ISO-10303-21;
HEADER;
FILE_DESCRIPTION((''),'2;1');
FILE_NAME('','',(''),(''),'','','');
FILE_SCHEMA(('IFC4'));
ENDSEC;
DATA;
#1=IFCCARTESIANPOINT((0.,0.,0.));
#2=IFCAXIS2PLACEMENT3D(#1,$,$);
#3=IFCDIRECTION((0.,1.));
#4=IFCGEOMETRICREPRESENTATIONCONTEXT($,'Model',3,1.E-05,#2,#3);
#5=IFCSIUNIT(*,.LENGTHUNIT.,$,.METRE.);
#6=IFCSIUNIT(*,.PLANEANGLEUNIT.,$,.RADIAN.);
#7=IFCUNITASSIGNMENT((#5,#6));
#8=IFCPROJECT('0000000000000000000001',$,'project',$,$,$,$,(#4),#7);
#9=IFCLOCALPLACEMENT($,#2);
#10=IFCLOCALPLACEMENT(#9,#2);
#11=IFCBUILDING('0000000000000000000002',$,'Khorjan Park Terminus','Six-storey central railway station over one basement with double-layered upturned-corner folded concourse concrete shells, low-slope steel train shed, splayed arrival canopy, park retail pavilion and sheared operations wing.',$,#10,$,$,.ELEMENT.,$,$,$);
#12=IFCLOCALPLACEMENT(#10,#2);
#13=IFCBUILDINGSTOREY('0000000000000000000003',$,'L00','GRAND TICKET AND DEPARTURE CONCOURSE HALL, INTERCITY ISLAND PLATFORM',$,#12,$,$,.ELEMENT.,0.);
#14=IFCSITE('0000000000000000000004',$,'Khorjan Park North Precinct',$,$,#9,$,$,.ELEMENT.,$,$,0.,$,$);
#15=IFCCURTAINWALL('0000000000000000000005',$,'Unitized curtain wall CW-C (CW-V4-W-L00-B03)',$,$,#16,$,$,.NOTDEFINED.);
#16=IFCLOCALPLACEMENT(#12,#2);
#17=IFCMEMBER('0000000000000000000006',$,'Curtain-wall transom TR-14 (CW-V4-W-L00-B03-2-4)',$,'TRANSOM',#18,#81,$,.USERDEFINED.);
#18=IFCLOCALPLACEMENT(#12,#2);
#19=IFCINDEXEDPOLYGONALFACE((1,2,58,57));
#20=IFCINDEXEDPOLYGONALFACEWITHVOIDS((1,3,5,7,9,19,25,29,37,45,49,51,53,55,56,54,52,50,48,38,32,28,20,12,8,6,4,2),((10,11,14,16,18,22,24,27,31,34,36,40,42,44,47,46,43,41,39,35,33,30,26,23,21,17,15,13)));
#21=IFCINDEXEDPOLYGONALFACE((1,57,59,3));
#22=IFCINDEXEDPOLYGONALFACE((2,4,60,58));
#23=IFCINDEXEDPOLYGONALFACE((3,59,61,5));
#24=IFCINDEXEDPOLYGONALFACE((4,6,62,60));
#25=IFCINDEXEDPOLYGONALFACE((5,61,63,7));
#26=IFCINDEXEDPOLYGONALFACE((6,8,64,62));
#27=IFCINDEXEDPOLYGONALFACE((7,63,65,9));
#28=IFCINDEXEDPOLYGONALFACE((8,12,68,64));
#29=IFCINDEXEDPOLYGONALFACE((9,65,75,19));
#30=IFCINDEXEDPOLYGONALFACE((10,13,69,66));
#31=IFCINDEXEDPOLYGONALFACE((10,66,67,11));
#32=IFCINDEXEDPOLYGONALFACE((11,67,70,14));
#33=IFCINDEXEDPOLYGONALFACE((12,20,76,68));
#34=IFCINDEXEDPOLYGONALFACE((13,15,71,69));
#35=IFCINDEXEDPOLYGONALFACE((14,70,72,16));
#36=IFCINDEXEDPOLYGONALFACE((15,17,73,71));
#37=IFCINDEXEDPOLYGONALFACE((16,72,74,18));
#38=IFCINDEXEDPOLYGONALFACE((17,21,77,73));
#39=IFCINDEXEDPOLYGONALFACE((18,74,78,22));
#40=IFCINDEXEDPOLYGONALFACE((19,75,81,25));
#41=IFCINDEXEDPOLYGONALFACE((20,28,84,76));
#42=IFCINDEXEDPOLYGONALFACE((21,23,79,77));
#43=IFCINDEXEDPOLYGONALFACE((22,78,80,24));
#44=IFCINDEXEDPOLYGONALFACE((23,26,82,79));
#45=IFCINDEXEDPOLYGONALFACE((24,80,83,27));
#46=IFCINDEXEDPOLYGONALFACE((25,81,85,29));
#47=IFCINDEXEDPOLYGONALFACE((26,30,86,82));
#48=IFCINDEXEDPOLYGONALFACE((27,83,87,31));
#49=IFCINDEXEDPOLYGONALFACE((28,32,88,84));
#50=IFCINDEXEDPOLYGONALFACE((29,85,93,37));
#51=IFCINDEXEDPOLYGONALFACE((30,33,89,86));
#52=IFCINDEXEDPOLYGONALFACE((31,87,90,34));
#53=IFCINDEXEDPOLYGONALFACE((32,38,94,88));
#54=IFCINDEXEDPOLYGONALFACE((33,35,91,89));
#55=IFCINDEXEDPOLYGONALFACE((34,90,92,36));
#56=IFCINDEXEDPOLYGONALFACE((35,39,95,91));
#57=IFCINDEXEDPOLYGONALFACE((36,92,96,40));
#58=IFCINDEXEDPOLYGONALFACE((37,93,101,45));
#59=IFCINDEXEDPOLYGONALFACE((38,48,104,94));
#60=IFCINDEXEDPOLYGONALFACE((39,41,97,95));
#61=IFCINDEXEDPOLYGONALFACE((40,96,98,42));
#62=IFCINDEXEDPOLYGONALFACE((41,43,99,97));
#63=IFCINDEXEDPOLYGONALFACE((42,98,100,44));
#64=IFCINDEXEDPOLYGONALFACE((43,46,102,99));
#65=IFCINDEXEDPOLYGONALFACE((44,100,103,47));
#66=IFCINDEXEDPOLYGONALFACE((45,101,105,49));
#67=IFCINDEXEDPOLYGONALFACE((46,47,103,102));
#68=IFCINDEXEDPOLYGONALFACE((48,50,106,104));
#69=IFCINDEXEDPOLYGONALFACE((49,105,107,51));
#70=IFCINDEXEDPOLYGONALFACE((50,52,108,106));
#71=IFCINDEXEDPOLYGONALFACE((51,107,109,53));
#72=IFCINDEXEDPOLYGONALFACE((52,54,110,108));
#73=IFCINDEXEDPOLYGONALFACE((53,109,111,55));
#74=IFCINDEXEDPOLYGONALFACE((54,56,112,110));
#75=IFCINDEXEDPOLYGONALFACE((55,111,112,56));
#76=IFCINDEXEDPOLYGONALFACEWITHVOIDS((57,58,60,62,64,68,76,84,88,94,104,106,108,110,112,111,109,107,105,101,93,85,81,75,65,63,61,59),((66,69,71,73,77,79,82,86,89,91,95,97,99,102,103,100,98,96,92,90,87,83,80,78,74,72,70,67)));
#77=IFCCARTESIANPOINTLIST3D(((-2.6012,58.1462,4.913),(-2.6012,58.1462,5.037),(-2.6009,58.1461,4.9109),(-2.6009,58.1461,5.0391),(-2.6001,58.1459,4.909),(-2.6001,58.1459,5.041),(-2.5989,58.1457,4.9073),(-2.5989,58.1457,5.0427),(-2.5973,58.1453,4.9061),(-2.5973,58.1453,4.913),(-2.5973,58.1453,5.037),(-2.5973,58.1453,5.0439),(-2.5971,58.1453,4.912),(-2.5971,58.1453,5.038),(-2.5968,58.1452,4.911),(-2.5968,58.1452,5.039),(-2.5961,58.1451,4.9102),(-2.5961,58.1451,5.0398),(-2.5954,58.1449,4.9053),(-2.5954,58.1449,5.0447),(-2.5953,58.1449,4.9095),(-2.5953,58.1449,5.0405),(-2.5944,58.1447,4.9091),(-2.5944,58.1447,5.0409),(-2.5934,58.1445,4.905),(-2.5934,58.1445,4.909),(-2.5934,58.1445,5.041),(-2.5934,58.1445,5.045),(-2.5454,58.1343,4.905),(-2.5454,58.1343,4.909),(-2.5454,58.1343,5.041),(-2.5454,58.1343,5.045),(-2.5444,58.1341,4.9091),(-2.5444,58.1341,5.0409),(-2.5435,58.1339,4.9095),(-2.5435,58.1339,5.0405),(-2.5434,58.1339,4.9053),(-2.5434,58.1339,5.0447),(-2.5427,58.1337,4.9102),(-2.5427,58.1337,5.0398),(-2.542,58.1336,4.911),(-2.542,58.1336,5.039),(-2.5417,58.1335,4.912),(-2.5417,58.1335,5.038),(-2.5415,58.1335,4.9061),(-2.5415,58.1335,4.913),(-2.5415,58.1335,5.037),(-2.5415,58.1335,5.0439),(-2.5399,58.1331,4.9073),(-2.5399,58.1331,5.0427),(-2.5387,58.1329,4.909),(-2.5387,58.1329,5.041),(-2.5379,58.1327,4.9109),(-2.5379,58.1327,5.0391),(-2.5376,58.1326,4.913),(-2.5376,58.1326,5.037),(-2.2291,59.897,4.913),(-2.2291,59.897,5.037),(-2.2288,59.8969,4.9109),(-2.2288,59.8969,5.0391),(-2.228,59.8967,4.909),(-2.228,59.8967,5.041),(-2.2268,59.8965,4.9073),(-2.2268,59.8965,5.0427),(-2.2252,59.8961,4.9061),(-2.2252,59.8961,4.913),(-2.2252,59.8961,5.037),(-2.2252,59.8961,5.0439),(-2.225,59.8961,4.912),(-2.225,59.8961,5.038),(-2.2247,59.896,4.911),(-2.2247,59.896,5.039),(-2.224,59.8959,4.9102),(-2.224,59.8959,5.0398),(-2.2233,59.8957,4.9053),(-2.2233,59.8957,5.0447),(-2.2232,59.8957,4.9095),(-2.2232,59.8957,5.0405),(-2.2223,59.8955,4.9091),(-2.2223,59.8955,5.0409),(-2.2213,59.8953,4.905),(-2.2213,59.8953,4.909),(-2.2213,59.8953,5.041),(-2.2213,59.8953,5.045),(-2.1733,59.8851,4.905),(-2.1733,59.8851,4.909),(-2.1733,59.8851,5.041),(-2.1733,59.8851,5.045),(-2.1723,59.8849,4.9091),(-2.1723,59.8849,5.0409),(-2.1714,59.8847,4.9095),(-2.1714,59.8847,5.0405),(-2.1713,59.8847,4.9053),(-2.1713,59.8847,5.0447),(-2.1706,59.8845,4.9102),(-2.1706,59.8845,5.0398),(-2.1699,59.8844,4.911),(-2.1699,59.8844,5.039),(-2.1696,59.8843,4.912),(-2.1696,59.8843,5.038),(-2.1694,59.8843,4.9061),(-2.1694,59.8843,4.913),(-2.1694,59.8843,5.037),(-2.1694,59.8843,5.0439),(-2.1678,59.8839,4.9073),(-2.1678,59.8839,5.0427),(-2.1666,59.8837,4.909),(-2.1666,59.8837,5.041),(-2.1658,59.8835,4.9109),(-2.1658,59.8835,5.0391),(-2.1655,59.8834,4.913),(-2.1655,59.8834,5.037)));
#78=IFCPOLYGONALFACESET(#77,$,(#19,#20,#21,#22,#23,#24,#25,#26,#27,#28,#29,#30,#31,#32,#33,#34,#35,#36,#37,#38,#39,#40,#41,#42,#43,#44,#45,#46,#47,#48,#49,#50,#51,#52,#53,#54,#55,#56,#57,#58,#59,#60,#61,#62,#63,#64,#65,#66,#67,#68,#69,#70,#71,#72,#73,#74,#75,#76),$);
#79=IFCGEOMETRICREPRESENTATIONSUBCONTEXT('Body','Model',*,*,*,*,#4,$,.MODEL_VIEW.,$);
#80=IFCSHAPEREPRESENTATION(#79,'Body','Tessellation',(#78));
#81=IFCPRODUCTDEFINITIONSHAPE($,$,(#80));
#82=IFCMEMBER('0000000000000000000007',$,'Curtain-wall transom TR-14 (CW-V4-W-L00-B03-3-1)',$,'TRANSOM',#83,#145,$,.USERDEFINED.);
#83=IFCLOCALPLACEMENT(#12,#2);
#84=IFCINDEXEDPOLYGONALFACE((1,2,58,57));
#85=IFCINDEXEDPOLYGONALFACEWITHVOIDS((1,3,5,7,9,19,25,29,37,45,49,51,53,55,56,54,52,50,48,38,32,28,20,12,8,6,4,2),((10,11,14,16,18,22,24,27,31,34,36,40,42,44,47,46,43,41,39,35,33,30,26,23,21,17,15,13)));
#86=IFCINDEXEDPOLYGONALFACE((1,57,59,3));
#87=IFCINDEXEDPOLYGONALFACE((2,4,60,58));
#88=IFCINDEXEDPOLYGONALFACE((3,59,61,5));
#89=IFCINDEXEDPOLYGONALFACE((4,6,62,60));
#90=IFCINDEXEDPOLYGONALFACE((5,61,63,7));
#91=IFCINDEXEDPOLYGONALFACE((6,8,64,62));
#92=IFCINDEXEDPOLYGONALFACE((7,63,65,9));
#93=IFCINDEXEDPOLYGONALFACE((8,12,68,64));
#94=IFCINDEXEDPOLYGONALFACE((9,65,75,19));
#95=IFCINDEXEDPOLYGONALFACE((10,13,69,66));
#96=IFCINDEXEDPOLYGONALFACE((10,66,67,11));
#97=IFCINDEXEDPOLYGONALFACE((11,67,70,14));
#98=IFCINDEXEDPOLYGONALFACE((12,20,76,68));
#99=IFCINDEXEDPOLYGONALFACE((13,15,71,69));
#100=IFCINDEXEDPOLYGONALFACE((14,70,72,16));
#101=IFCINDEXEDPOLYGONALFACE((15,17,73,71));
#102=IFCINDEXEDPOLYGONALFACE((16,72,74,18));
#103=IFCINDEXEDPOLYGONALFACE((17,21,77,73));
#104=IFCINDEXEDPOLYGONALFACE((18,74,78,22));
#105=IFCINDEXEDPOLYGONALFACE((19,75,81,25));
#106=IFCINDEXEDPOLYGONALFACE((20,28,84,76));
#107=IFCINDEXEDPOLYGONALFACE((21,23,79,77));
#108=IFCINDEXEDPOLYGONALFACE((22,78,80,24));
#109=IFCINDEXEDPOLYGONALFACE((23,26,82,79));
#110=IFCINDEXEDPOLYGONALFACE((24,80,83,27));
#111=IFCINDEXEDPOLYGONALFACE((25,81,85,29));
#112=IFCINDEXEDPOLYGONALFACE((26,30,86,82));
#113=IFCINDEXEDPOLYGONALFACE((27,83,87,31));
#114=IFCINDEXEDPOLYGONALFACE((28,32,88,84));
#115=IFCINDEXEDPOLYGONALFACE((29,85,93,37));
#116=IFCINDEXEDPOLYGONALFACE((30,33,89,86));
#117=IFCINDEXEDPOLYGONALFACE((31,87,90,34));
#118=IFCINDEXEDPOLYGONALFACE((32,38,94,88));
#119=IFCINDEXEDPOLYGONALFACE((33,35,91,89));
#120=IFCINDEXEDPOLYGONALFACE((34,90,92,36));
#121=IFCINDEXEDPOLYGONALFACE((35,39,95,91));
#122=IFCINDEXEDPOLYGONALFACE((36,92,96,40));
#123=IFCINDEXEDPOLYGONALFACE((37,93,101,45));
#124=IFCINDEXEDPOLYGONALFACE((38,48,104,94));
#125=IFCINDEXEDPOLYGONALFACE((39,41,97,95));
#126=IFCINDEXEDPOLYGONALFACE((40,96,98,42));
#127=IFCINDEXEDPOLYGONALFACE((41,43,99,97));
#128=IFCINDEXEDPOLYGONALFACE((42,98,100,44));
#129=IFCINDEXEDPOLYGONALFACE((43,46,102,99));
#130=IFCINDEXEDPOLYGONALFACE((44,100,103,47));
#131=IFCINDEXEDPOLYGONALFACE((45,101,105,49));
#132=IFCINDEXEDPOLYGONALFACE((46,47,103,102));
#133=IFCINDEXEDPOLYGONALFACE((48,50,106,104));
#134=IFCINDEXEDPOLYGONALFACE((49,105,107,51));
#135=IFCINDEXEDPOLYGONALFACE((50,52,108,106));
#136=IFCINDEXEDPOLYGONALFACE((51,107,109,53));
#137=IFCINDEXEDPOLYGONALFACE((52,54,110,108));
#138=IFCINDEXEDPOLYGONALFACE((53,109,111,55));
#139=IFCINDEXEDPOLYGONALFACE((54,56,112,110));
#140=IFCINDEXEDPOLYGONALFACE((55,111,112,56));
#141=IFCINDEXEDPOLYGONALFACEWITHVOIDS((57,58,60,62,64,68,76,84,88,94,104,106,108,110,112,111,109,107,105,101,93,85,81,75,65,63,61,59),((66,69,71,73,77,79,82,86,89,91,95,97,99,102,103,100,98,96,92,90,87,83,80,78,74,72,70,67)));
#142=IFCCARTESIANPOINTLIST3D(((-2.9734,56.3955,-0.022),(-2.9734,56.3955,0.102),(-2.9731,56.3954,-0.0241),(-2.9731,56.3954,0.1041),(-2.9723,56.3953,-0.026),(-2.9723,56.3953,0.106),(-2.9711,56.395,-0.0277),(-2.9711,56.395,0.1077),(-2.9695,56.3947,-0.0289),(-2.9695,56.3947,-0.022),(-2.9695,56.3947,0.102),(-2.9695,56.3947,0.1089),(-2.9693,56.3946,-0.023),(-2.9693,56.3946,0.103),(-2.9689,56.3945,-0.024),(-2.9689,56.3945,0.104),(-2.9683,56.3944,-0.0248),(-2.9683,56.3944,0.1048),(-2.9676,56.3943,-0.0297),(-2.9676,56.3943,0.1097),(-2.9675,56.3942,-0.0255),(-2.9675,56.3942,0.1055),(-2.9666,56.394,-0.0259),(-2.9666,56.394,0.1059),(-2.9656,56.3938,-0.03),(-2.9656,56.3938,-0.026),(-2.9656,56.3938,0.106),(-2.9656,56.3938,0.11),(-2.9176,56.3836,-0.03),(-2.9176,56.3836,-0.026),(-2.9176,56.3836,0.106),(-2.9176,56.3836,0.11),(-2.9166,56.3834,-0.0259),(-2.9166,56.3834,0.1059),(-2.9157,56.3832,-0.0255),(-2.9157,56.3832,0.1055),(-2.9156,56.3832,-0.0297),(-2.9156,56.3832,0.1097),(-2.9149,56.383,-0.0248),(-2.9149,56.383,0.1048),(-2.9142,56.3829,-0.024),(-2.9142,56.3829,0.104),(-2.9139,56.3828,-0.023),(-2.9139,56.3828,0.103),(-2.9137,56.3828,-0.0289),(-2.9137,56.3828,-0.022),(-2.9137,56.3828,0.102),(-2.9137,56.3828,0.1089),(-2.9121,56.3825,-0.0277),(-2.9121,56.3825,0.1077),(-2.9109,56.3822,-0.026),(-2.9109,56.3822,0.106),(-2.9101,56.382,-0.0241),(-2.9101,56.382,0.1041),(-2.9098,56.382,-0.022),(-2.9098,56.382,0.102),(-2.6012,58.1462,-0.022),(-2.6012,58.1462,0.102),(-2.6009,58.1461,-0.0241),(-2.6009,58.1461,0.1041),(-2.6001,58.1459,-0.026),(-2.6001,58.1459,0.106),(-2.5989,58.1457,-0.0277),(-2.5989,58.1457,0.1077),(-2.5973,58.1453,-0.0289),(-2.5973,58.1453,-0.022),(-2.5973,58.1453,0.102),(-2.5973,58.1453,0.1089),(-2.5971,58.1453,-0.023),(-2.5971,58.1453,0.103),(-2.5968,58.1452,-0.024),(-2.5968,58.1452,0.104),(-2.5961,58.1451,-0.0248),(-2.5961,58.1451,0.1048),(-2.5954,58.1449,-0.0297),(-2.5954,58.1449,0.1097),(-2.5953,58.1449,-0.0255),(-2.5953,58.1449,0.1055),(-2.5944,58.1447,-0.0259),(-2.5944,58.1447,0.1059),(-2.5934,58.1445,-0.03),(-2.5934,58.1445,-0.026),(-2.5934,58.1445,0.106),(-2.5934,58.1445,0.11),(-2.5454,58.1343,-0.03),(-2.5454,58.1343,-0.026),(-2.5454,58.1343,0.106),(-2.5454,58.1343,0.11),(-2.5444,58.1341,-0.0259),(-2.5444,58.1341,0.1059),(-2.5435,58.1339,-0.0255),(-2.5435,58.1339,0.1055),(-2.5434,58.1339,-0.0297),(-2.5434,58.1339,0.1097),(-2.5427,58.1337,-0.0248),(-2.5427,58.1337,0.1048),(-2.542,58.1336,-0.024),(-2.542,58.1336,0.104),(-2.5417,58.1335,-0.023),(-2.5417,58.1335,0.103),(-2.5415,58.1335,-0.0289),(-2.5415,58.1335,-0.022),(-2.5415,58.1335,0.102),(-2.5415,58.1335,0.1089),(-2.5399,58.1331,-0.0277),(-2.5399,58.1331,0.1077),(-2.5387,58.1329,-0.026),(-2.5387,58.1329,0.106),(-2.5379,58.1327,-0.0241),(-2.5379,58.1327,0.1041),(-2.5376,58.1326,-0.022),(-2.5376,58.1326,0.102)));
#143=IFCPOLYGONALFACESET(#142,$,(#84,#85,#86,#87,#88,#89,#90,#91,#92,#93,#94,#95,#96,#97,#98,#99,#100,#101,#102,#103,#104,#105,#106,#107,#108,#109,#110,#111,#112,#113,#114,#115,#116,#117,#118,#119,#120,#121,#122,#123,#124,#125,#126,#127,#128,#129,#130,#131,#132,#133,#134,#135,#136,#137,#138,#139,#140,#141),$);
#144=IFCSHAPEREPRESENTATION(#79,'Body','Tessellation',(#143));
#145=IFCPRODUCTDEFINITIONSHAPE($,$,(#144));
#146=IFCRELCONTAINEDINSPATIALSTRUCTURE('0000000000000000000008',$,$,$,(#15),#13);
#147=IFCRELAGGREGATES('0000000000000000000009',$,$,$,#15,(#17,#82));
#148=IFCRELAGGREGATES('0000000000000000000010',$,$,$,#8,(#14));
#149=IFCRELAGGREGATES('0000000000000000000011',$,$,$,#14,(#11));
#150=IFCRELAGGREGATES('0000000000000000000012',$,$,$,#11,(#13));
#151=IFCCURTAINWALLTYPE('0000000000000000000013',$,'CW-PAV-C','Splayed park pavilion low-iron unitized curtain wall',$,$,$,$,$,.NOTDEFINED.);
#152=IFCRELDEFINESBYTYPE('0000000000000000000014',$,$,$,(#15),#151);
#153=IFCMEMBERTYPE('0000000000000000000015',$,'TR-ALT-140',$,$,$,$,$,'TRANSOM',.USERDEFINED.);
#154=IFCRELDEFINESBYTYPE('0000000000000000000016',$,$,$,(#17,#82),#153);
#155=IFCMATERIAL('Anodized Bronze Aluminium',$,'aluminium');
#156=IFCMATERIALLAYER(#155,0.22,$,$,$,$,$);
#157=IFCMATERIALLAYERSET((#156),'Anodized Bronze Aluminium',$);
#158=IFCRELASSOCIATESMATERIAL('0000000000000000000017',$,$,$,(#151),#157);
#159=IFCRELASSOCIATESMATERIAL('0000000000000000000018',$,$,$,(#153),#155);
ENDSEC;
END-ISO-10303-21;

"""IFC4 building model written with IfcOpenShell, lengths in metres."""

from ifc_helpers import new_model, si_unit, direction, frame, origin, origin_2d, place, context, subcontext, project, spatial, hollow_rectangle, extrude, material, layer, layer_set, material_profile, profile_set, type_object, element, aggregate, save


model = new_model("IFC4")

# Units and contexts
model_context = context("Model", 3, precision=1e-05, world=origin(), true_north=direction((0.0, 1.0)))
body_context = subcontext(model_context, "Body", "Model", "MODEL_VIEW")
ifc_project = project(units=[si_unit("LENGTHUNIT", "METRE"), si_unit("PLANEANGLEUNIT", "RADIAN")], contexts=[model_context])

# Site, building, storey
site_placement = place(None, origin())
site = spatial("IfcSite", under=ifc_project, at=site_placement, Name="Khorjan Park North Precinct", CompositionType="ELEMENT", RefElevation=0.0)
building_placement = place(site_placement, origin())
building = spatial("IfcBuilding", under=site, at=building_placement, Name="Khorjan Park Terminus", Description="Six-storey central railway station over one basement with double-layered upturned-corner folded concourse concrete shells, low-slope steel train shed, splayed arrival canopy, park retail pavilion and sheared operations wing.", CompositionType="ELEMENT")
storey_placement = place(building_placement, origin())
storey = spatial("IfcBuildingStorey", under=building, at=storey_placement, Name="L00", Description="GRAND TICKET AND DEPARTURE CONCOURSE HALL, INTERCITY ISLAND PLATFORM", CompositionType="ELEMENT", Elevation=0.0)

# Curtain wall, members
ifc_material_1 = material(Name="Anodized Bronze Aluminium", Category="aluminium")
ifc_layer_1 = layer(ifc_material_1, 0.22)
ifc_layer_set_1 = layer_set([ifc_layer_1], Name="Anodized Bronze Aluminium")
curtain_wall_type = type_object("IfcCurtainWallType", Name="CW-PAV-C", Description="Splayed park pavilion low-iron unitized curtain wall", PredefinedType="NOTDEFINED", material=ifc_layer_set_1)
curtain_wall_placement = place(storey_placement, origin())
curtain_wall = element("IfcCurtainWall", 1, at=curtain_wall_placement, inside=storey, type_object=curtain_wall_type, Name="Unitized curtain wall CW-C (CW-V4-W-L00-B03)", PredefinedType="NOTDEFINED")
ifc_material_profile_1 = material_profile(ifc_material_1, hollow_rectangle(XDim=0.065, YDim=0.14, WallThickness=0.004, InnerFilletRadius=0.004, OuterFilletRadius=0.008, at=origin_2d()), Name="ALT 65x140x4")
ifc_profile_set_1 = profile_set([ifc_material_profile_1], Name="Anodized Bronze Aluminium")
member_type_1 = type_object("IfcMemberType", Name="TR-ALT-140", ElementType="TRANSOM", PredefinedType="USERDEFINED", material=ifc_profile_set_1)
member_1_placement = place(storey_placement, frame((-2.1973, 59.8902, 4.975), z_axis=(-0.207888, -0.978153, 0.0), x_axis=(0.978153, -0.207888, 0.0)))
member_1 = element("IfcMember", 2, at=member_1_placement, type_object=member_type_1, Name="Curtain-wall transom TR-14 (CW-V4-W-L00-B03-2-4)", ObjectType="TRANSOM", PredefinedType="USERDEFINED", context=body_context, shape_type="SweptSolid", body=[
    extrude(hollow_rectangle(XDim=0.065, YDim=0.14, WallThickness=0.004, InnerFilletRadius=0.004, OuterFilletRadius=0.008, at=origin_2d()), origin(), (0.0, 0.0, 1.0), 1.7899),
])
member_2_placement = place(storey_placement, frame((-2.5694, 58.1394, 0.04), z_axis=(-0.207953, -0.978139, 0.0), x_axis=(0.978139, -0.207953, 0.0)))
member_2 = element("IfcMember", 3, at=member_2_placement, type_object=member_type_1, Name="Curtain-wall transom TR-14 (CW-V4-W-L00-B03-3-1)", ObjectType="TRANSOM", PredefinedType="USERDEFINED", context=body_context, shape_type="SweptSolid", body=[
    extrude(hollow_rectangle(XDim=0.065, YDim=0.14, WallThickness=0.004, InnerFilletRadius=0.004, OuterFilletRadius=0.008, at=origin_2d()), origin(), (0.0, 0.0, 1.0), 1.7898),
])
aggregate(curtain_wall, [member_1, member_2])

save(model, "model.ifc")
